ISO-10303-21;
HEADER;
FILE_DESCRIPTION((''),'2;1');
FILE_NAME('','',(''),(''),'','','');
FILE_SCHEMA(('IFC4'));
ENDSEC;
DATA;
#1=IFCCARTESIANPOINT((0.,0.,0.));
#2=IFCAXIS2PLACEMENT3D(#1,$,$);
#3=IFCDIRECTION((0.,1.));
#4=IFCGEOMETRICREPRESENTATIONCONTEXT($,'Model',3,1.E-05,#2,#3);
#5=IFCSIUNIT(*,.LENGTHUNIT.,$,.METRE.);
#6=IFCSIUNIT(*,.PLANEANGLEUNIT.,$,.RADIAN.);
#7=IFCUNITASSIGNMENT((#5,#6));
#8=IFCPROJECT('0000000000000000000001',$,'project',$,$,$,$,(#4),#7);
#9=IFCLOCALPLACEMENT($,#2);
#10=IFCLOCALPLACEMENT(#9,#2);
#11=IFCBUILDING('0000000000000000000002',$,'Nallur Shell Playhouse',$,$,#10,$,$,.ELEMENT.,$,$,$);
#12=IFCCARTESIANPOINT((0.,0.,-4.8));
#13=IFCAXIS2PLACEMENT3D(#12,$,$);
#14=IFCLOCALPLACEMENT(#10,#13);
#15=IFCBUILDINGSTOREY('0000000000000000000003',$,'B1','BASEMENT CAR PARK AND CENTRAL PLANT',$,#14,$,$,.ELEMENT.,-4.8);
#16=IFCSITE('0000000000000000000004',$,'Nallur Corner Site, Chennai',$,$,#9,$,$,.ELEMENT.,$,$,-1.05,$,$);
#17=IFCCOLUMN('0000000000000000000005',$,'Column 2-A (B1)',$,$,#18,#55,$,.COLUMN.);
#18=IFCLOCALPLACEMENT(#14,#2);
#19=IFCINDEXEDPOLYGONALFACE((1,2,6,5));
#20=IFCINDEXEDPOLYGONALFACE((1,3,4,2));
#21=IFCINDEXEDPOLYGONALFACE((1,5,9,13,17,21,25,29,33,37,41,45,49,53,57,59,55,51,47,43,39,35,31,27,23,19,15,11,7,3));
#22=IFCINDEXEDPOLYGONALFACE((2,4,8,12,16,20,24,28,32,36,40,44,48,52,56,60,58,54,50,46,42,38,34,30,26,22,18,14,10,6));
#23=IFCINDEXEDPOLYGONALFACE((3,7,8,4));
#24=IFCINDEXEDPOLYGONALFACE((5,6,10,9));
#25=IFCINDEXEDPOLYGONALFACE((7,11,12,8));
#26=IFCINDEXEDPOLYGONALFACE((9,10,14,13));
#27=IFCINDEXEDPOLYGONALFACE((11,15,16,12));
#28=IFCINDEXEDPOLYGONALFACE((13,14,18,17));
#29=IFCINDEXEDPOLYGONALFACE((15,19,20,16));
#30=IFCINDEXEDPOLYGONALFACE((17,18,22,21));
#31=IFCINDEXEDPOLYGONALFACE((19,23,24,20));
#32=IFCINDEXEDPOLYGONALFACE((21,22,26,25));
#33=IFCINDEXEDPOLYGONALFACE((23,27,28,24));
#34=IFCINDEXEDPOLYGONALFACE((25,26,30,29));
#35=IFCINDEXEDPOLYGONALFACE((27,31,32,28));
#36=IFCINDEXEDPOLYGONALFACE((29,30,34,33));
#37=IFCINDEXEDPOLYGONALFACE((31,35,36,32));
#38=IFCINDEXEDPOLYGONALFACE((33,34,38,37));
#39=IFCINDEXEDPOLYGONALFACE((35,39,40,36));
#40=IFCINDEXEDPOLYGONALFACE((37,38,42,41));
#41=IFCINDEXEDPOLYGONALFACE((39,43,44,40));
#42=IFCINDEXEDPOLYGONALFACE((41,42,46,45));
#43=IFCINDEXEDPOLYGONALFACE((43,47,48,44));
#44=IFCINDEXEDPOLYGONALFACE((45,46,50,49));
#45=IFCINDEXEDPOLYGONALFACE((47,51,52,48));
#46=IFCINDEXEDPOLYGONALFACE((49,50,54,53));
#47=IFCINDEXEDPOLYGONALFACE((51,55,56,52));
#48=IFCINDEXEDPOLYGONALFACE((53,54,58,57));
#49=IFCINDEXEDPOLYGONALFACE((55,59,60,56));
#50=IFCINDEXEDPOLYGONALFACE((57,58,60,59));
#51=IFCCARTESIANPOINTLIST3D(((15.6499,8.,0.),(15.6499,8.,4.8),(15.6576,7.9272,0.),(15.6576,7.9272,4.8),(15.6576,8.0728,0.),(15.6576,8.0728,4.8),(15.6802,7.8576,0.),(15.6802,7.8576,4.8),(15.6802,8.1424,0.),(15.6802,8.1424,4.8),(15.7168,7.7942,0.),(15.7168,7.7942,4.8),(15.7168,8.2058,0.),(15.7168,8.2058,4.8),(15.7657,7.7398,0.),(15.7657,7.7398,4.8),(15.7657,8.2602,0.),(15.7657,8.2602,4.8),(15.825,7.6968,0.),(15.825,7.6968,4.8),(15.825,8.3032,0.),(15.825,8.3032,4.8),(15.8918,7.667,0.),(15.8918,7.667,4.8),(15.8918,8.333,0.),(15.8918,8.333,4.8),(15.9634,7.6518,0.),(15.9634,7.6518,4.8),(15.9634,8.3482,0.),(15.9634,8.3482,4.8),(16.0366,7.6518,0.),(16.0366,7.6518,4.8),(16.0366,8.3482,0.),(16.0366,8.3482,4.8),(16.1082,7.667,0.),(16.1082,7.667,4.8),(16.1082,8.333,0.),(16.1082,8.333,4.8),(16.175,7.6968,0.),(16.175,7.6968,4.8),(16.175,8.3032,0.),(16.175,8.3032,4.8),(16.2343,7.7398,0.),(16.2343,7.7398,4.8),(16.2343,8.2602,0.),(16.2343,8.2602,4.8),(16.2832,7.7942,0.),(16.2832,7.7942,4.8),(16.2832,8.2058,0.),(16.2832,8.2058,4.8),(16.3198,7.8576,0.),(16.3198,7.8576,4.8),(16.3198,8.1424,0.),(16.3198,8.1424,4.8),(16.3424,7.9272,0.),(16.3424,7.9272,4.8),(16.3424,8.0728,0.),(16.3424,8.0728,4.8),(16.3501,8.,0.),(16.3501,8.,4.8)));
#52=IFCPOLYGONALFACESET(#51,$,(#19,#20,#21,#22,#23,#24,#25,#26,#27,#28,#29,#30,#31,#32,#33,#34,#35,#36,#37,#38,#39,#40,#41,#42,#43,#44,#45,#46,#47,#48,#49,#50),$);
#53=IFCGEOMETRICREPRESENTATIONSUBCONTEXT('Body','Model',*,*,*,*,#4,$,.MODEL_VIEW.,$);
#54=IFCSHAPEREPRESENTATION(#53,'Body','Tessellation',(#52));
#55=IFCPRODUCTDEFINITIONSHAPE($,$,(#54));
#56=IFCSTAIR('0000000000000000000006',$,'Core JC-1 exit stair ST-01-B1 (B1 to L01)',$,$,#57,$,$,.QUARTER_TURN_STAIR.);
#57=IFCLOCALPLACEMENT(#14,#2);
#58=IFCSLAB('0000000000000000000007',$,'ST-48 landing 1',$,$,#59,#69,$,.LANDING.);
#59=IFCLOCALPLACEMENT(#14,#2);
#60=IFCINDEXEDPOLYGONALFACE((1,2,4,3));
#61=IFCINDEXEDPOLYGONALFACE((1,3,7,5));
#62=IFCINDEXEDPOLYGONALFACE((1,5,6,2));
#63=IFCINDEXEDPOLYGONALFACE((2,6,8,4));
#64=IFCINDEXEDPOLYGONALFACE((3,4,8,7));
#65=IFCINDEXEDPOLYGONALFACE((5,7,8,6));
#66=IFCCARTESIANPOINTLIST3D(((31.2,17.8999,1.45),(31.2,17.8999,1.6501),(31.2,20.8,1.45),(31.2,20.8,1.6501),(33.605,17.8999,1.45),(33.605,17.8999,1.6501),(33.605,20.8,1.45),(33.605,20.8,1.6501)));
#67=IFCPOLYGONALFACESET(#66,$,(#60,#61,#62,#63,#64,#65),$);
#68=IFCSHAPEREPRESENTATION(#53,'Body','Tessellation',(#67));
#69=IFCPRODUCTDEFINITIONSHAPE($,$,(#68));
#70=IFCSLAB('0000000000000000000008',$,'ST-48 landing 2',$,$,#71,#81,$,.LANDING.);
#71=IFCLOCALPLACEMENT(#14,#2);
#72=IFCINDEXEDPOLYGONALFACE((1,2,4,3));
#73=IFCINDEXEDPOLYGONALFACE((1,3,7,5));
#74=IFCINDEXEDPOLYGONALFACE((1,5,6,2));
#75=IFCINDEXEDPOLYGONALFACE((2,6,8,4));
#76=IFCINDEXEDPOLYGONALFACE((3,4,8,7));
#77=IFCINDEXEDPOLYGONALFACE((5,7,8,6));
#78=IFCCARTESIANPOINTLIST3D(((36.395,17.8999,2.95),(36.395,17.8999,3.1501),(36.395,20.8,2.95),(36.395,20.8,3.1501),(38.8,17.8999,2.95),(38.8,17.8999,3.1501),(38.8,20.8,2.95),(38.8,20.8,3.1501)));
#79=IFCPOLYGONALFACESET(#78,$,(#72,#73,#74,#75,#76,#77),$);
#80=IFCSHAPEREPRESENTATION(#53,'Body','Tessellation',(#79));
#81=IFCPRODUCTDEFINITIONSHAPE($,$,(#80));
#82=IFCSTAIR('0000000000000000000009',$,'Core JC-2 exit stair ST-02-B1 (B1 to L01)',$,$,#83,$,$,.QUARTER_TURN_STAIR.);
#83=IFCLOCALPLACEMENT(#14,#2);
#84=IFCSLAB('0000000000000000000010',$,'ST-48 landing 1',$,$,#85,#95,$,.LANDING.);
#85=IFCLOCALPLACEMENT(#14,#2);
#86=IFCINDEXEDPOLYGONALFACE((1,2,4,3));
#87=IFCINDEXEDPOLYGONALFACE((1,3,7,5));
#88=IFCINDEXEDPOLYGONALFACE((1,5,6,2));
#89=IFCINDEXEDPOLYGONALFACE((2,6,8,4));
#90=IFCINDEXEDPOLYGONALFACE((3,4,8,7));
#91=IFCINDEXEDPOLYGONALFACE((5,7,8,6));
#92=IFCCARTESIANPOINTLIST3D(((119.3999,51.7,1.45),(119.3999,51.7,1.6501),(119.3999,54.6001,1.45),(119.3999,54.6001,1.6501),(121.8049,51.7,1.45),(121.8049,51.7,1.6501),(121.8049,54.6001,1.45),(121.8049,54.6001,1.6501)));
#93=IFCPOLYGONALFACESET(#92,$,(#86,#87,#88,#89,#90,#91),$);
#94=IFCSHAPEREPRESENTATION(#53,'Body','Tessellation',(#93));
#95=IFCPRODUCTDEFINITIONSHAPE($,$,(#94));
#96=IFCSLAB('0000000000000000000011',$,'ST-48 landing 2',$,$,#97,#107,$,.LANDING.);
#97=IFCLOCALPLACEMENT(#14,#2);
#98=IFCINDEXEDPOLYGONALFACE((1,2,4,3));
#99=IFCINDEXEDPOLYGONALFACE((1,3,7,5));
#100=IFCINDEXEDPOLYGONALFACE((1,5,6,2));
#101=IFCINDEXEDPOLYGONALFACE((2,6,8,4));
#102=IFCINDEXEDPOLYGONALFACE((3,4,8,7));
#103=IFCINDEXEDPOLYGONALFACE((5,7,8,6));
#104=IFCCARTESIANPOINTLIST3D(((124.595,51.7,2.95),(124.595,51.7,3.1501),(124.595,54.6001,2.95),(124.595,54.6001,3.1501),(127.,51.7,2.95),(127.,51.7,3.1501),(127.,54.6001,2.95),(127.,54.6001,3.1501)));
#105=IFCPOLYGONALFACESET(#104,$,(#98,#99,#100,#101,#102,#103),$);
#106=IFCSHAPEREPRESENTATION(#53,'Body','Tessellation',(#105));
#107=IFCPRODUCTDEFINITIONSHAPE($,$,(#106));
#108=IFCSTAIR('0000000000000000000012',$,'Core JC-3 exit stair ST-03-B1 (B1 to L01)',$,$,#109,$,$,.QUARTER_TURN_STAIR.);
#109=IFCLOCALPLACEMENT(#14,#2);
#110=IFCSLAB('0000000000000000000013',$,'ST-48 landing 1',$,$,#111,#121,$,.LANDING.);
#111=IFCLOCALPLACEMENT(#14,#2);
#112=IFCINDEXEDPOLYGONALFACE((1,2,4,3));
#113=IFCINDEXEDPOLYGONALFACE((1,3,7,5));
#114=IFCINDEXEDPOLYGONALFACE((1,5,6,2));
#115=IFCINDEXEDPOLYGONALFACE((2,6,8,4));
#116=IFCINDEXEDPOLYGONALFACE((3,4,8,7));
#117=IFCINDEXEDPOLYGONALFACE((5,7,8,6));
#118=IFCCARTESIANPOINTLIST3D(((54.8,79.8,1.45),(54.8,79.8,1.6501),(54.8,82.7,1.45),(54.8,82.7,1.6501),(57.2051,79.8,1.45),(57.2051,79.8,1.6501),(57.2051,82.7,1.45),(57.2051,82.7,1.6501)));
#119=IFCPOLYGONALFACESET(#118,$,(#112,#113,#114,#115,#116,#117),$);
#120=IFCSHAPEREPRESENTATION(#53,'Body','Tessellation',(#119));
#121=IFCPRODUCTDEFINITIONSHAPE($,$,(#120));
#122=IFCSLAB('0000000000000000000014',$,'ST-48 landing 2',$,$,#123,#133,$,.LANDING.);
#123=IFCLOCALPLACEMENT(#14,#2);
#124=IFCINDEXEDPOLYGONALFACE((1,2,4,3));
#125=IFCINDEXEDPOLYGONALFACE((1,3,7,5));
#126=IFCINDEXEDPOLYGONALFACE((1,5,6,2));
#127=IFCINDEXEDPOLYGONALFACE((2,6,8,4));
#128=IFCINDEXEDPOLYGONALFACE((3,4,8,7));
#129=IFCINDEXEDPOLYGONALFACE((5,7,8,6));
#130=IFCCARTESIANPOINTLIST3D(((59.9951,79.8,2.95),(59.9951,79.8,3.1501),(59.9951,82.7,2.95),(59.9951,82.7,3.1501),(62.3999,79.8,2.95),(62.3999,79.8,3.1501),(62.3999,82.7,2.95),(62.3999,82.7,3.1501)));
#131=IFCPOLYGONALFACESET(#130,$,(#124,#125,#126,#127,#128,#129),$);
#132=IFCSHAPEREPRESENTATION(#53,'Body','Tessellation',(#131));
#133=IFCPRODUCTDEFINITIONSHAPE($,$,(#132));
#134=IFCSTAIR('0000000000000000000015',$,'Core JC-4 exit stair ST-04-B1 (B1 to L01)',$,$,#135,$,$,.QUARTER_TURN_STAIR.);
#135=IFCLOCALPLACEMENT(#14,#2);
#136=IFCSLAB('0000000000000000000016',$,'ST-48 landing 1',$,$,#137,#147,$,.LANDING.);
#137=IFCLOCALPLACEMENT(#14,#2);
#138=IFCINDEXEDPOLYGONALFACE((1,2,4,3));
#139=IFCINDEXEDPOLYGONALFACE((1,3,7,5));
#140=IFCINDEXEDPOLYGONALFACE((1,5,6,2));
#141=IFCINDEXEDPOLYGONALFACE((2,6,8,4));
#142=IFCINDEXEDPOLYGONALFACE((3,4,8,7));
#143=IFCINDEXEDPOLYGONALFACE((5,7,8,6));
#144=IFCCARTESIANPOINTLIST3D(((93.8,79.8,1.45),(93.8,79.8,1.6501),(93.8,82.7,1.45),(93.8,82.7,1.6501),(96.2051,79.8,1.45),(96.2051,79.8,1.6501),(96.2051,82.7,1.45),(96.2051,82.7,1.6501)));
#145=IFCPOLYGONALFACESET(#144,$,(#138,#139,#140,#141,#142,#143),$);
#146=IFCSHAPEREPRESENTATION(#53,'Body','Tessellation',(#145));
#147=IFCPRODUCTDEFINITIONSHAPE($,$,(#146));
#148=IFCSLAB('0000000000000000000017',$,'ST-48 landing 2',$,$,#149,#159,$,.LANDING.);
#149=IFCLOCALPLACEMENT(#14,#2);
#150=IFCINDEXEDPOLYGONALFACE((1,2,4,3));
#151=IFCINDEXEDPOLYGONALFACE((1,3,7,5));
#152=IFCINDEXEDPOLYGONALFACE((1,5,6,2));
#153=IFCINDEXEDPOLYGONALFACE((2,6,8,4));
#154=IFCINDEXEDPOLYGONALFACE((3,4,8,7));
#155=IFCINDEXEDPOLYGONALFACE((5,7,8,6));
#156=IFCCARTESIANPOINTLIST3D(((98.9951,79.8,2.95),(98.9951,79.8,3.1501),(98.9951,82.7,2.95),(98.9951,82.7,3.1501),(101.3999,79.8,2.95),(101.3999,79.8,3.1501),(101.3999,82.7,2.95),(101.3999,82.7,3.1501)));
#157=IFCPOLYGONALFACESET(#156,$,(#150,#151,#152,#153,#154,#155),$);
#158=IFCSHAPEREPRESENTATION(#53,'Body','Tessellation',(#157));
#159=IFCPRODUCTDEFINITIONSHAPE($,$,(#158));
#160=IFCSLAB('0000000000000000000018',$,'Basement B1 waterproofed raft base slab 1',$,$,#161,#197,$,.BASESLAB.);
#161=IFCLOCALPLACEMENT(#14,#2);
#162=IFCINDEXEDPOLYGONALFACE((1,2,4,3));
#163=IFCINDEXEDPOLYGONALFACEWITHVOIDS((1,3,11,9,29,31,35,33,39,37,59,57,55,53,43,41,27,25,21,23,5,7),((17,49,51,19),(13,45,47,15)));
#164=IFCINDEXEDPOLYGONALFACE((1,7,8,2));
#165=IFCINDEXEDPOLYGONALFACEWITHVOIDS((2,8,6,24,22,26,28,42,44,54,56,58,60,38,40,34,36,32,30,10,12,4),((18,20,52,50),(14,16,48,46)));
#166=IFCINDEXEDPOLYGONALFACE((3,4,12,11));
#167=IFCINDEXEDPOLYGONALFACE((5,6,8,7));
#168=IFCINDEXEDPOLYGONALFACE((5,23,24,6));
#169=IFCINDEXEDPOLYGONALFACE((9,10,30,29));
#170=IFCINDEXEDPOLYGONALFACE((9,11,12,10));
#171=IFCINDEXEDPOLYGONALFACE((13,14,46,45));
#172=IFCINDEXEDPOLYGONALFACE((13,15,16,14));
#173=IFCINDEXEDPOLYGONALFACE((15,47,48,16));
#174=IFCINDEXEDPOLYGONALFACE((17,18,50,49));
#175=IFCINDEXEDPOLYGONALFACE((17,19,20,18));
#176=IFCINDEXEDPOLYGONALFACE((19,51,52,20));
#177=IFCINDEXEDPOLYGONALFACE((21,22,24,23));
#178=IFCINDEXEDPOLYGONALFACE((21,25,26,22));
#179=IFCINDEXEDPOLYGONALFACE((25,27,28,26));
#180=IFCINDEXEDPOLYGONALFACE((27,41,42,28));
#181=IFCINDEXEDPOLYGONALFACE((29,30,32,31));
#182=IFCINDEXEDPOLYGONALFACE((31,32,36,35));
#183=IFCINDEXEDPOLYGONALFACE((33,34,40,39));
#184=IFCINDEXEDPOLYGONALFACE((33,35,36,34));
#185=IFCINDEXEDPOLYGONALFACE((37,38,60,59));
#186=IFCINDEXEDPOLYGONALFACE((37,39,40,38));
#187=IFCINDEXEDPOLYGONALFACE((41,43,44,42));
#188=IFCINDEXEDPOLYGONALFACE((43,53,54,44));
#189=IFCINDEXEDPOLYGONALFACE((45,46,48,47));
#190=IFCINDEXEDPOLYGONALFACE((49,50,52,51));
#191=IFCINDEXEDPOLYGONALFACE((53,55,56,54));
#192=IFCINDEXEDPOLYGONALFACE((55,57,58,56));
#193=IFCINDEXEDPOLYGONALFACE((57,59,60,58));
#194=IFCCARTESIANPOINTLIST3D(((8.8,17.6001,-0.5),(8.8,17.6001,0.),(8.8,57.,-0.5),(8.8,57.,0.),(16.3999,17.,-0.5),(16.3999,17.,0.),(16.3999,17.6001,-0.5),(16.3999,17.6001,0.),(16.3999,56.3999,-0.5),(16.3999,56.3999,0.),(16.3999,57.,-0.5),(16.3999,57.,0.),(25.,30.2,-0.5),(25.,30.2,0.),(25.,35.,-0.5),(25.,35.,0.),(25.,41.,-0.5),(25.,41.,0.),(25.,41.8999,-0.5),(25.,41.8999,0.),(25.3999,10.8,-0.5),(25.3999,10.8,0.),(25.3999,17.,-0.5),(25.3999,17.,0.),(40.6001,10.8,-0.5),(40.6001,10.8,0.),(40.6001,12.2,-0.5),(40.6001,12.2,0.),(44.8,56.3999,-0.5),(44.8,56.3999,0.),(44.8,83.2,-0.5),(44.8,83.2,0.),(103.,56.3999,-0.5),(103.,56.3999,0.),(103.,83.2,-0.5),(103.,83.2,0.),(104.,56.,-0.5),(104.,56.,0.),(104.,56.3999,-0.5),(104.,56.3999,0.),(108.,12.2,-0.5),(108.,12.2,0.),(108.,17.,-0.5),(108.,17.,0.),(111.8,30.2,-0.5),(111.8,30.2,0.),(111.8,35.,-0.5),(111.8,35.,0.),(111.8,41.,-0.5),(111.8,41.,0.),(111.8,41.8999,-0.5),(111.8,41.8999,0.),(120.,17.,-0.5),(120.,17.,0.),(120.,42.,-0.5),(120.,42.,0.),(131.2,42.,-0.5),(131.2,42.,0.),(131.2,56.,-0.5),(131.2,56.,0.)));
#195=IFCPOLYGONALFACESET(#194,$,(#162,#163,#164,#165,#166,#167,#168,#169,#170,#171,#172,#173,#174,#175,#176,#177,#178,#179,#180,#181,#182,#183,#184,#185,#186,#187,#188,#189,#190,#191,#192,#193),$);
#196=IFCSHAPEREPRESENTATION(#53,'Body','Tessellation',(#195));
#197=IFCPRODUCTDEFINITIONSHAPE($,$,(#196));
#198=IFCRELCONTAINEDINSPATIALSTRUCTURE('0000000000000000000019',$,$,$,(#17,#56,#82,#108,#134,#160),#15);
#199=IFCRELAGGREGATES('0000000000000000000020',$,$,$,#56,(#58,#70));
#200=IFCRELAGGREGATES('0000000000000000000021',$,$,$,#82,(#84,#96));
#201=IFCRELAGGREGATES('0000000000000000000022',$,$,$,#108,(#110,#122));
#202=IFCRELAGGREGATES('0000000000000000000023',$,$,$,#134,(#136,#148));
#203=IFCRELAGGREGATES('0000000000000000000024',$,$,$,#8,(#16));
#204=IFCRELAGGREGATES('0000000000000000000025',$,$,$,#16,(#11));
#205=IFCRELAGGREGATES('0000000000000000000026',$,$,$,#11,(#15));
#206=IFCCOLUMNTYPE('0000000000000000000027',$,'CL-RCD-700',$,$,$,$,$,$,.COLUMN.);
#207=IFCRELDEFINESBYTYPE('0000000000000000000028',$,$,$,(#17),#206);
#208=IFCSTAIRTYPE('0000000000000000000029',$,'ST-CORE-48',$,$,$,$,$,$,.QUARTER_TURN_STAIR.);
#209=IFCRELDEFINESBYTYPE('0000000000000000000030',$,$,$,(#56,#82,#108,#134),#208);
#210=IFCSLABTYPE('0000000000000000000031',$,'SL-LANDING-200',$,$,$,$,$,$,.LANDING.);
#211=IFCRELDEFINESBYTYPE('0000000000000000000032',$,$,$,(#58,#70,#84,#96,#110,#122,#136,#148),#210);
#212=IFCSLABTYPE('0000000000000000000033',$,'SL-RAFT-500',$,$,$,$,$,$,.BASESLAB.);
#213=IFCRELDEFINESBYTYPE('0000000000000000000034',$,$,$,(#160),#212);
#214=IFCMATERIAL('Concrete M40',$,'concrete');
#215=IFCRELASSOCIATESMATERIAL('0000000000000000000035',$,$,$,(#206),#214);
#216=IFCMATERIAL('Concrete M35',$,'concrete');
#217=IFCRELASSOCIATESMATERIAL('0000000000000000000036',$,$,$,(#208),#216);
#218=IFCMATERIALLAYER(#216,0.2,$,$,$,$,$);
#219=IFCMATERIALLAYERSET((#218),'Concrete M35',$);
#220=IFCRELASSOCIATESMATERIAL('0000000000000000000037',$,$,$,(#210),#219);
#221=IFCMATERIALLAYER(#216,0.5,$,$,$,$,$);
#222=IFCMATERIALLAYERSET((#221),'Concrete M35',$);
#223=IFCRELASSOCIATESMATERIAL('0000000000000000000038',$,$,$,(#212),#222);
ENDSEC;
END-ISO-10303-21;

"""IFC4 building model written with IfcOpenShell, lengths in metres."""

from ifc_helpers import new_model, si_unit, direction, frame, origin, origin_2d, place, context, subcontext, project, spatial, polyline, circle, outline, extrude, material, layer, layer_set, material_profile, profile_set, type_object, element, aggregate, save


model = new_model("IFC4")

# Units and contexts
model_context = context("Model", 3, precision=1e-05, world=origin(), true_north=direction((0.0, 1.0)))
body_context = subcontext(model_context, "Body", "Model", "MODEL_VIEW")
ifc_project = project(units=[si_unit("LENGTHUNIT", "METRE"), si_unit("PLANEANGLEUNIT", "RADIAN")], contexts=[model_context])

# Site, building, storey
site_placement = place(None, origin())
site = spatial("IfcSite", under=ifc_project, at=site_placement, Name="Nallur Corner Site, Chennai", CompositionType="ELEMENT", RefElevation=-1.05)
building_placement = place(site_placement, origin())
building = spatial("IfcBuilding", under=site, at=building_placement, Name="Nallur Shell Playhouse", CompositionType="ELEMENT")
storey_placement = place(building_placement, frame((0.0, 0.0, -4.8)))
storey = spatial("IfcBuildingStorey", under=building, at=storey_placement, Name="B1", Description="BASEMENT CAR PARK AND CENTRAL PLANT", CompositionType="ELEMENT", Elevation=-4.8)

# Shared definitions
ifc_material_1 = material(Name="Concrete M35", Category="concrete")

# Column
ifc_material_2 = material(Name="Concrete M40", Category="concrete")
ifc_material_profile_1 = material_profile(ifc_material_2, circle(Radius=0.3501, at=origin_2d()), Name="RC D700")
ifc_profile_set_1 = profile_set([ifc_material_profile_1], Name="Concrete M40")
column_type_1 = type_object("IfcColumnType", Name="CL-RCD-700", PredefinedType="COLUMN", material=ifc_profile_set_1)
column_1_placement = place(storey_placement, frame((16.0, 8.0, 0.0), z_axis=(0.0, 0.0, 1.0), x_axis=(1.0, 0.0, 0.0)))
element("IfcColumn", 1, at=column_1_placement, inside=storey, type_object=column_type_1, Name="Column 2-A (B1)", PredefinedType="COLUMN", context=body_context, shape_type="SweptSolid", body=[
    extrude(circle(Radius=0.3501, at=origin_2d()), origin(), (0.0, 0.0, 1.0), 4.8),
])

# Stairs, slabs
stair_type = type_object("IfcStairType", Name="ST-CORE-48", PredefinedType="QUARTER_TURN_STAIR", material=ifc_material_1)
stair_1_placement = place(storey_placement, origin())
stair_1 = element("IfcStair", 2, at=stair_1_placement, inside=storey, type_object=stair_type, Name="Core JC-1 exit stair ST-01-B1 (B1 to L01)", PredefinedType="QUARTER_TURN_STAIR")
ifc_layer_1 = layer(ifc_material_1, 0.2)
ifc_layer_set_1 = layer_set([ifc_layer_1], Name="Concrete M35")
slab_type_1 = type_object("IfcSlabType", Name="SL-LANDING-200", PredefinedType="LANDING", material=ifc_layer_set_1)
slab_1_placement = place(storey_placement, frame((0.0, 0.0, 1.45)))
slab_1 = element("IfcSlab", 3, at=slab_1_placement, type_object=slab_type_1, Name="ST-48 landing 1", PredefinedType="LANDING", context=body_context, shape_type="SweptSolid", body=[
    extrude(outline(polyline([(31.2, 17.8999), (33.605, 17.8999), (33.605, 20.8), (31.2, 20.8), (31.2, 17.8999)])), origin(), (0.0, 0.0, 1.0), 0.2002),
])
slab_2_placement = place(storey_placement, frame((0.0, 0.0, 2.95)))
slab_2 = element("IfcSlab", 4, at=slab_2_placement, type_object=slab_type_1, Name="ST-48 landing 2", PredefinedType="LANDING", context=body_context, shape_type="SweptSolid", body=[
    extrude(outline(polyline([(36.395, 17.8999), (38.8, 17.8999), (38.8, 20.8), (36.395, 20.8), (36.395, 17.8999)])), origin(), (0.0, 0.0, 1.0), 0.2002),
])
aggregate(stair_1, [slab_1, slab_2])
stair_2_placement = place(storey_placement, origin())
stair_2 = element("IfcStair", 5, at=stair_2_placement, inside=storey, type_object=stair_type, Name="Core JC-2 exit stair ST-02-B1 (B1 to L01)", PredefinedType="QUARTER_TURN_STAIR")
slab_3_placement = place(storey_placement, frame((0.0, 0.0, 1.45)))
slab_3 = element("IfcSlab", 6, at=slab_3_placement, type_object=slab_type_1, Name="ST-48 landing 1", PredefinedType="LANDING", context=body_context, shape_type="SweptSolid", body=[
    extrude(outline(polyline([(119.3999, 51.7), (121.8049, 51.7), (121.8049, 54.6001), (119.3999, 54.6001), (119.3999, 51.7)])), origin(), (0.0, 0.0, 1.0), 0.2002),
])
slab_4_placement = place(storey_placement, frame((0.0, 0.0, 2.95)))
slab_4 = element("IfcSlab", 7, at=slab_4_placement, type_object=slab_type_1, Name="ST-48 landing 2", PredefinedType="LANDING", context=body_context, shape_type="SweptSolid", body=[
    extrude(outline(polyline([(124.595, 51.7), (127.0, 51.7), (127.0, 54.6001), (124.595, 54.6001), (124.595, 51.7)])), origin(), (0.0, 0.0, 1.0), 0.2002),
])
aggregate(stair_2, [slab_3, slab_4])
stair_3_placement = place(storey_placement, origin())
stair_3 = element("IfcStair", 8, at=stair_3_placement, inside=storey, type_object=stair_type, Name="Core JC-3 exit stair ST-03-B1 (B1 to L01)", PredefinedType="QUARTER_TURN_STAIR")
slab_5_placement = place(storey_placement, frame((0.0, 0.0, 1.45)))
slab_5 = element("IfcSlab", 9, at=slab_5_placement, type_object=slab_type_1, Name="ST-48 landing 1", PredefinedType="LANDING", context=body_context, shape_type="SweptSolid", body=[
    extrude(outline(polyline([(54.8, 79.8), (57.2051, 79.8), (57.2051, 82.7), (54.8, 82.7), (54.8, 79.8)])), origin(), (0.0, 0.0, 1.0), 0.2002),
])
slab_6_placement = place(storey_placement, frame((0.0, 0.0, 2.95)))
slab_6 = element("IfcSlab", 10, at=slab_6_placement, type_object=slab_type_1, Name="ST-48 landing 2", PredefinedType="LANDING", context=body_context, shape_type="SweptSolid", body=[
    extrude(outline(polyline([(59.9951, 79.8), (62.3999, 79.8), (62.3999, 82.7), (59.9951, 82.7), (59.9951, 79.8)])), origin(), (0.0, 0.0, 1.0), 0.2002),
])
aggregate(stair_3, [slab_5, slab_6])
stair_4_placement = place(storey_placement, origin())
stair_4 = element("IfcStair", 11, at=stair_4_placement, inside=storey, type_object=stair_type, Name="Core JC-4 exit stair ST-04-B1 (B1 to L01)", PredefinedType="QUARTER_TURN_STAIR")
slab_7_placement = place(storey_placement, frame((0.0, 0.0, 1.45)))
slab_7 = element("IfcSlab", 12, at=slab_7_placement, type_object=slab_type_1, Name="ST-48 landing 1", PredefinedType="LANDING", context=body_context, shape_type="SweptSolid", body=[
    extrude(outline(polyline([(93.8, 79.8), (96.2051, 79.8), (96.2051, 82.7), (93.8, 82.7), (93.8, 79.8)])), origin(), (0.0, 0.0, 1.0), 0.2002),
])
slab_8_placement = place(storey_placement, frame((0.0, 0.0, 2.95)))
slab_8 = element("IfcSlab", 13, at=slab_8_placement, type_object=slab_type_1, Name="ST-48 landing 2", PredefinedType="LANDING", context=body_context, shape_type="SweptSolid", body=[
    extrude(outline(polyline([(98.9951, 79.8), (101.3999, 79.8), (101.3999, 82.7), (98.9951, 82.7), (98.9951, 79.8)])), origin(), (0.0, 0.0, 1.0), 0.2002),
])
aggregate(stair_4, [slab_7, slab_8])

# Slab
ifc_layer_2 = layer(ifc_material_1, 0.5)
ifc_layer_set_2 = layer_set([ifc_layer_2], Name="Concrete M35")
slab_type_2 = type_object("IfcSlabType", Name="SL-RAFT-500", PredefinedType="BASESLAB", material=ifc_layer_set_2)
slab_9_placement = place(storey_placement, frame((0.0, 0.0, -0.5)))
element("IfcSlab", 14, at=slab_9_placement, inside=storey, type_object=slab_type_2, Name="Basement B1 waterproofed raft base slab 1", PredefinedType="BASESLAB", context=body_context, shape_type="SweptSolid", body=[
    extrude(outline(polyline([(16.3999, 17.0), (16.3999, 17.6001), (8.8, 17.6001), (8.8, 57.0), (16.3999, 57.0), (16.3999, 56.3999), (44.8, 56.3999), (44.8, 83.2), (103.0, 83.2), (103.0, 56.3999), (104.0, 56.3999), (104.0, 56.0), (131.2, 56.0), (131.2, 42.0), (120.0, 42.0), (120.0, 17.0), (108.0, 17.0), (108.0, 12.2), (40.6001, 12.2), (40.6001, 10.8), (25.3999, 10.8), (25.3999, 17.0), (16.3999, 17.0)]), holes=[polyline([(111.8, 30.2), (111.8, 35.0), (25.0, 35.0), (25.0, 30.2), (111.8, 30.2)]), polyline([(111.8, 41.0), (111.8, 41.8999), (25.0, 41.8999), (25.0, 41.0), (111.8, 41.0)])]), origin(), (0.0, 0.0, 1.0), 0.5),
])

save(model, "model.ifc")
